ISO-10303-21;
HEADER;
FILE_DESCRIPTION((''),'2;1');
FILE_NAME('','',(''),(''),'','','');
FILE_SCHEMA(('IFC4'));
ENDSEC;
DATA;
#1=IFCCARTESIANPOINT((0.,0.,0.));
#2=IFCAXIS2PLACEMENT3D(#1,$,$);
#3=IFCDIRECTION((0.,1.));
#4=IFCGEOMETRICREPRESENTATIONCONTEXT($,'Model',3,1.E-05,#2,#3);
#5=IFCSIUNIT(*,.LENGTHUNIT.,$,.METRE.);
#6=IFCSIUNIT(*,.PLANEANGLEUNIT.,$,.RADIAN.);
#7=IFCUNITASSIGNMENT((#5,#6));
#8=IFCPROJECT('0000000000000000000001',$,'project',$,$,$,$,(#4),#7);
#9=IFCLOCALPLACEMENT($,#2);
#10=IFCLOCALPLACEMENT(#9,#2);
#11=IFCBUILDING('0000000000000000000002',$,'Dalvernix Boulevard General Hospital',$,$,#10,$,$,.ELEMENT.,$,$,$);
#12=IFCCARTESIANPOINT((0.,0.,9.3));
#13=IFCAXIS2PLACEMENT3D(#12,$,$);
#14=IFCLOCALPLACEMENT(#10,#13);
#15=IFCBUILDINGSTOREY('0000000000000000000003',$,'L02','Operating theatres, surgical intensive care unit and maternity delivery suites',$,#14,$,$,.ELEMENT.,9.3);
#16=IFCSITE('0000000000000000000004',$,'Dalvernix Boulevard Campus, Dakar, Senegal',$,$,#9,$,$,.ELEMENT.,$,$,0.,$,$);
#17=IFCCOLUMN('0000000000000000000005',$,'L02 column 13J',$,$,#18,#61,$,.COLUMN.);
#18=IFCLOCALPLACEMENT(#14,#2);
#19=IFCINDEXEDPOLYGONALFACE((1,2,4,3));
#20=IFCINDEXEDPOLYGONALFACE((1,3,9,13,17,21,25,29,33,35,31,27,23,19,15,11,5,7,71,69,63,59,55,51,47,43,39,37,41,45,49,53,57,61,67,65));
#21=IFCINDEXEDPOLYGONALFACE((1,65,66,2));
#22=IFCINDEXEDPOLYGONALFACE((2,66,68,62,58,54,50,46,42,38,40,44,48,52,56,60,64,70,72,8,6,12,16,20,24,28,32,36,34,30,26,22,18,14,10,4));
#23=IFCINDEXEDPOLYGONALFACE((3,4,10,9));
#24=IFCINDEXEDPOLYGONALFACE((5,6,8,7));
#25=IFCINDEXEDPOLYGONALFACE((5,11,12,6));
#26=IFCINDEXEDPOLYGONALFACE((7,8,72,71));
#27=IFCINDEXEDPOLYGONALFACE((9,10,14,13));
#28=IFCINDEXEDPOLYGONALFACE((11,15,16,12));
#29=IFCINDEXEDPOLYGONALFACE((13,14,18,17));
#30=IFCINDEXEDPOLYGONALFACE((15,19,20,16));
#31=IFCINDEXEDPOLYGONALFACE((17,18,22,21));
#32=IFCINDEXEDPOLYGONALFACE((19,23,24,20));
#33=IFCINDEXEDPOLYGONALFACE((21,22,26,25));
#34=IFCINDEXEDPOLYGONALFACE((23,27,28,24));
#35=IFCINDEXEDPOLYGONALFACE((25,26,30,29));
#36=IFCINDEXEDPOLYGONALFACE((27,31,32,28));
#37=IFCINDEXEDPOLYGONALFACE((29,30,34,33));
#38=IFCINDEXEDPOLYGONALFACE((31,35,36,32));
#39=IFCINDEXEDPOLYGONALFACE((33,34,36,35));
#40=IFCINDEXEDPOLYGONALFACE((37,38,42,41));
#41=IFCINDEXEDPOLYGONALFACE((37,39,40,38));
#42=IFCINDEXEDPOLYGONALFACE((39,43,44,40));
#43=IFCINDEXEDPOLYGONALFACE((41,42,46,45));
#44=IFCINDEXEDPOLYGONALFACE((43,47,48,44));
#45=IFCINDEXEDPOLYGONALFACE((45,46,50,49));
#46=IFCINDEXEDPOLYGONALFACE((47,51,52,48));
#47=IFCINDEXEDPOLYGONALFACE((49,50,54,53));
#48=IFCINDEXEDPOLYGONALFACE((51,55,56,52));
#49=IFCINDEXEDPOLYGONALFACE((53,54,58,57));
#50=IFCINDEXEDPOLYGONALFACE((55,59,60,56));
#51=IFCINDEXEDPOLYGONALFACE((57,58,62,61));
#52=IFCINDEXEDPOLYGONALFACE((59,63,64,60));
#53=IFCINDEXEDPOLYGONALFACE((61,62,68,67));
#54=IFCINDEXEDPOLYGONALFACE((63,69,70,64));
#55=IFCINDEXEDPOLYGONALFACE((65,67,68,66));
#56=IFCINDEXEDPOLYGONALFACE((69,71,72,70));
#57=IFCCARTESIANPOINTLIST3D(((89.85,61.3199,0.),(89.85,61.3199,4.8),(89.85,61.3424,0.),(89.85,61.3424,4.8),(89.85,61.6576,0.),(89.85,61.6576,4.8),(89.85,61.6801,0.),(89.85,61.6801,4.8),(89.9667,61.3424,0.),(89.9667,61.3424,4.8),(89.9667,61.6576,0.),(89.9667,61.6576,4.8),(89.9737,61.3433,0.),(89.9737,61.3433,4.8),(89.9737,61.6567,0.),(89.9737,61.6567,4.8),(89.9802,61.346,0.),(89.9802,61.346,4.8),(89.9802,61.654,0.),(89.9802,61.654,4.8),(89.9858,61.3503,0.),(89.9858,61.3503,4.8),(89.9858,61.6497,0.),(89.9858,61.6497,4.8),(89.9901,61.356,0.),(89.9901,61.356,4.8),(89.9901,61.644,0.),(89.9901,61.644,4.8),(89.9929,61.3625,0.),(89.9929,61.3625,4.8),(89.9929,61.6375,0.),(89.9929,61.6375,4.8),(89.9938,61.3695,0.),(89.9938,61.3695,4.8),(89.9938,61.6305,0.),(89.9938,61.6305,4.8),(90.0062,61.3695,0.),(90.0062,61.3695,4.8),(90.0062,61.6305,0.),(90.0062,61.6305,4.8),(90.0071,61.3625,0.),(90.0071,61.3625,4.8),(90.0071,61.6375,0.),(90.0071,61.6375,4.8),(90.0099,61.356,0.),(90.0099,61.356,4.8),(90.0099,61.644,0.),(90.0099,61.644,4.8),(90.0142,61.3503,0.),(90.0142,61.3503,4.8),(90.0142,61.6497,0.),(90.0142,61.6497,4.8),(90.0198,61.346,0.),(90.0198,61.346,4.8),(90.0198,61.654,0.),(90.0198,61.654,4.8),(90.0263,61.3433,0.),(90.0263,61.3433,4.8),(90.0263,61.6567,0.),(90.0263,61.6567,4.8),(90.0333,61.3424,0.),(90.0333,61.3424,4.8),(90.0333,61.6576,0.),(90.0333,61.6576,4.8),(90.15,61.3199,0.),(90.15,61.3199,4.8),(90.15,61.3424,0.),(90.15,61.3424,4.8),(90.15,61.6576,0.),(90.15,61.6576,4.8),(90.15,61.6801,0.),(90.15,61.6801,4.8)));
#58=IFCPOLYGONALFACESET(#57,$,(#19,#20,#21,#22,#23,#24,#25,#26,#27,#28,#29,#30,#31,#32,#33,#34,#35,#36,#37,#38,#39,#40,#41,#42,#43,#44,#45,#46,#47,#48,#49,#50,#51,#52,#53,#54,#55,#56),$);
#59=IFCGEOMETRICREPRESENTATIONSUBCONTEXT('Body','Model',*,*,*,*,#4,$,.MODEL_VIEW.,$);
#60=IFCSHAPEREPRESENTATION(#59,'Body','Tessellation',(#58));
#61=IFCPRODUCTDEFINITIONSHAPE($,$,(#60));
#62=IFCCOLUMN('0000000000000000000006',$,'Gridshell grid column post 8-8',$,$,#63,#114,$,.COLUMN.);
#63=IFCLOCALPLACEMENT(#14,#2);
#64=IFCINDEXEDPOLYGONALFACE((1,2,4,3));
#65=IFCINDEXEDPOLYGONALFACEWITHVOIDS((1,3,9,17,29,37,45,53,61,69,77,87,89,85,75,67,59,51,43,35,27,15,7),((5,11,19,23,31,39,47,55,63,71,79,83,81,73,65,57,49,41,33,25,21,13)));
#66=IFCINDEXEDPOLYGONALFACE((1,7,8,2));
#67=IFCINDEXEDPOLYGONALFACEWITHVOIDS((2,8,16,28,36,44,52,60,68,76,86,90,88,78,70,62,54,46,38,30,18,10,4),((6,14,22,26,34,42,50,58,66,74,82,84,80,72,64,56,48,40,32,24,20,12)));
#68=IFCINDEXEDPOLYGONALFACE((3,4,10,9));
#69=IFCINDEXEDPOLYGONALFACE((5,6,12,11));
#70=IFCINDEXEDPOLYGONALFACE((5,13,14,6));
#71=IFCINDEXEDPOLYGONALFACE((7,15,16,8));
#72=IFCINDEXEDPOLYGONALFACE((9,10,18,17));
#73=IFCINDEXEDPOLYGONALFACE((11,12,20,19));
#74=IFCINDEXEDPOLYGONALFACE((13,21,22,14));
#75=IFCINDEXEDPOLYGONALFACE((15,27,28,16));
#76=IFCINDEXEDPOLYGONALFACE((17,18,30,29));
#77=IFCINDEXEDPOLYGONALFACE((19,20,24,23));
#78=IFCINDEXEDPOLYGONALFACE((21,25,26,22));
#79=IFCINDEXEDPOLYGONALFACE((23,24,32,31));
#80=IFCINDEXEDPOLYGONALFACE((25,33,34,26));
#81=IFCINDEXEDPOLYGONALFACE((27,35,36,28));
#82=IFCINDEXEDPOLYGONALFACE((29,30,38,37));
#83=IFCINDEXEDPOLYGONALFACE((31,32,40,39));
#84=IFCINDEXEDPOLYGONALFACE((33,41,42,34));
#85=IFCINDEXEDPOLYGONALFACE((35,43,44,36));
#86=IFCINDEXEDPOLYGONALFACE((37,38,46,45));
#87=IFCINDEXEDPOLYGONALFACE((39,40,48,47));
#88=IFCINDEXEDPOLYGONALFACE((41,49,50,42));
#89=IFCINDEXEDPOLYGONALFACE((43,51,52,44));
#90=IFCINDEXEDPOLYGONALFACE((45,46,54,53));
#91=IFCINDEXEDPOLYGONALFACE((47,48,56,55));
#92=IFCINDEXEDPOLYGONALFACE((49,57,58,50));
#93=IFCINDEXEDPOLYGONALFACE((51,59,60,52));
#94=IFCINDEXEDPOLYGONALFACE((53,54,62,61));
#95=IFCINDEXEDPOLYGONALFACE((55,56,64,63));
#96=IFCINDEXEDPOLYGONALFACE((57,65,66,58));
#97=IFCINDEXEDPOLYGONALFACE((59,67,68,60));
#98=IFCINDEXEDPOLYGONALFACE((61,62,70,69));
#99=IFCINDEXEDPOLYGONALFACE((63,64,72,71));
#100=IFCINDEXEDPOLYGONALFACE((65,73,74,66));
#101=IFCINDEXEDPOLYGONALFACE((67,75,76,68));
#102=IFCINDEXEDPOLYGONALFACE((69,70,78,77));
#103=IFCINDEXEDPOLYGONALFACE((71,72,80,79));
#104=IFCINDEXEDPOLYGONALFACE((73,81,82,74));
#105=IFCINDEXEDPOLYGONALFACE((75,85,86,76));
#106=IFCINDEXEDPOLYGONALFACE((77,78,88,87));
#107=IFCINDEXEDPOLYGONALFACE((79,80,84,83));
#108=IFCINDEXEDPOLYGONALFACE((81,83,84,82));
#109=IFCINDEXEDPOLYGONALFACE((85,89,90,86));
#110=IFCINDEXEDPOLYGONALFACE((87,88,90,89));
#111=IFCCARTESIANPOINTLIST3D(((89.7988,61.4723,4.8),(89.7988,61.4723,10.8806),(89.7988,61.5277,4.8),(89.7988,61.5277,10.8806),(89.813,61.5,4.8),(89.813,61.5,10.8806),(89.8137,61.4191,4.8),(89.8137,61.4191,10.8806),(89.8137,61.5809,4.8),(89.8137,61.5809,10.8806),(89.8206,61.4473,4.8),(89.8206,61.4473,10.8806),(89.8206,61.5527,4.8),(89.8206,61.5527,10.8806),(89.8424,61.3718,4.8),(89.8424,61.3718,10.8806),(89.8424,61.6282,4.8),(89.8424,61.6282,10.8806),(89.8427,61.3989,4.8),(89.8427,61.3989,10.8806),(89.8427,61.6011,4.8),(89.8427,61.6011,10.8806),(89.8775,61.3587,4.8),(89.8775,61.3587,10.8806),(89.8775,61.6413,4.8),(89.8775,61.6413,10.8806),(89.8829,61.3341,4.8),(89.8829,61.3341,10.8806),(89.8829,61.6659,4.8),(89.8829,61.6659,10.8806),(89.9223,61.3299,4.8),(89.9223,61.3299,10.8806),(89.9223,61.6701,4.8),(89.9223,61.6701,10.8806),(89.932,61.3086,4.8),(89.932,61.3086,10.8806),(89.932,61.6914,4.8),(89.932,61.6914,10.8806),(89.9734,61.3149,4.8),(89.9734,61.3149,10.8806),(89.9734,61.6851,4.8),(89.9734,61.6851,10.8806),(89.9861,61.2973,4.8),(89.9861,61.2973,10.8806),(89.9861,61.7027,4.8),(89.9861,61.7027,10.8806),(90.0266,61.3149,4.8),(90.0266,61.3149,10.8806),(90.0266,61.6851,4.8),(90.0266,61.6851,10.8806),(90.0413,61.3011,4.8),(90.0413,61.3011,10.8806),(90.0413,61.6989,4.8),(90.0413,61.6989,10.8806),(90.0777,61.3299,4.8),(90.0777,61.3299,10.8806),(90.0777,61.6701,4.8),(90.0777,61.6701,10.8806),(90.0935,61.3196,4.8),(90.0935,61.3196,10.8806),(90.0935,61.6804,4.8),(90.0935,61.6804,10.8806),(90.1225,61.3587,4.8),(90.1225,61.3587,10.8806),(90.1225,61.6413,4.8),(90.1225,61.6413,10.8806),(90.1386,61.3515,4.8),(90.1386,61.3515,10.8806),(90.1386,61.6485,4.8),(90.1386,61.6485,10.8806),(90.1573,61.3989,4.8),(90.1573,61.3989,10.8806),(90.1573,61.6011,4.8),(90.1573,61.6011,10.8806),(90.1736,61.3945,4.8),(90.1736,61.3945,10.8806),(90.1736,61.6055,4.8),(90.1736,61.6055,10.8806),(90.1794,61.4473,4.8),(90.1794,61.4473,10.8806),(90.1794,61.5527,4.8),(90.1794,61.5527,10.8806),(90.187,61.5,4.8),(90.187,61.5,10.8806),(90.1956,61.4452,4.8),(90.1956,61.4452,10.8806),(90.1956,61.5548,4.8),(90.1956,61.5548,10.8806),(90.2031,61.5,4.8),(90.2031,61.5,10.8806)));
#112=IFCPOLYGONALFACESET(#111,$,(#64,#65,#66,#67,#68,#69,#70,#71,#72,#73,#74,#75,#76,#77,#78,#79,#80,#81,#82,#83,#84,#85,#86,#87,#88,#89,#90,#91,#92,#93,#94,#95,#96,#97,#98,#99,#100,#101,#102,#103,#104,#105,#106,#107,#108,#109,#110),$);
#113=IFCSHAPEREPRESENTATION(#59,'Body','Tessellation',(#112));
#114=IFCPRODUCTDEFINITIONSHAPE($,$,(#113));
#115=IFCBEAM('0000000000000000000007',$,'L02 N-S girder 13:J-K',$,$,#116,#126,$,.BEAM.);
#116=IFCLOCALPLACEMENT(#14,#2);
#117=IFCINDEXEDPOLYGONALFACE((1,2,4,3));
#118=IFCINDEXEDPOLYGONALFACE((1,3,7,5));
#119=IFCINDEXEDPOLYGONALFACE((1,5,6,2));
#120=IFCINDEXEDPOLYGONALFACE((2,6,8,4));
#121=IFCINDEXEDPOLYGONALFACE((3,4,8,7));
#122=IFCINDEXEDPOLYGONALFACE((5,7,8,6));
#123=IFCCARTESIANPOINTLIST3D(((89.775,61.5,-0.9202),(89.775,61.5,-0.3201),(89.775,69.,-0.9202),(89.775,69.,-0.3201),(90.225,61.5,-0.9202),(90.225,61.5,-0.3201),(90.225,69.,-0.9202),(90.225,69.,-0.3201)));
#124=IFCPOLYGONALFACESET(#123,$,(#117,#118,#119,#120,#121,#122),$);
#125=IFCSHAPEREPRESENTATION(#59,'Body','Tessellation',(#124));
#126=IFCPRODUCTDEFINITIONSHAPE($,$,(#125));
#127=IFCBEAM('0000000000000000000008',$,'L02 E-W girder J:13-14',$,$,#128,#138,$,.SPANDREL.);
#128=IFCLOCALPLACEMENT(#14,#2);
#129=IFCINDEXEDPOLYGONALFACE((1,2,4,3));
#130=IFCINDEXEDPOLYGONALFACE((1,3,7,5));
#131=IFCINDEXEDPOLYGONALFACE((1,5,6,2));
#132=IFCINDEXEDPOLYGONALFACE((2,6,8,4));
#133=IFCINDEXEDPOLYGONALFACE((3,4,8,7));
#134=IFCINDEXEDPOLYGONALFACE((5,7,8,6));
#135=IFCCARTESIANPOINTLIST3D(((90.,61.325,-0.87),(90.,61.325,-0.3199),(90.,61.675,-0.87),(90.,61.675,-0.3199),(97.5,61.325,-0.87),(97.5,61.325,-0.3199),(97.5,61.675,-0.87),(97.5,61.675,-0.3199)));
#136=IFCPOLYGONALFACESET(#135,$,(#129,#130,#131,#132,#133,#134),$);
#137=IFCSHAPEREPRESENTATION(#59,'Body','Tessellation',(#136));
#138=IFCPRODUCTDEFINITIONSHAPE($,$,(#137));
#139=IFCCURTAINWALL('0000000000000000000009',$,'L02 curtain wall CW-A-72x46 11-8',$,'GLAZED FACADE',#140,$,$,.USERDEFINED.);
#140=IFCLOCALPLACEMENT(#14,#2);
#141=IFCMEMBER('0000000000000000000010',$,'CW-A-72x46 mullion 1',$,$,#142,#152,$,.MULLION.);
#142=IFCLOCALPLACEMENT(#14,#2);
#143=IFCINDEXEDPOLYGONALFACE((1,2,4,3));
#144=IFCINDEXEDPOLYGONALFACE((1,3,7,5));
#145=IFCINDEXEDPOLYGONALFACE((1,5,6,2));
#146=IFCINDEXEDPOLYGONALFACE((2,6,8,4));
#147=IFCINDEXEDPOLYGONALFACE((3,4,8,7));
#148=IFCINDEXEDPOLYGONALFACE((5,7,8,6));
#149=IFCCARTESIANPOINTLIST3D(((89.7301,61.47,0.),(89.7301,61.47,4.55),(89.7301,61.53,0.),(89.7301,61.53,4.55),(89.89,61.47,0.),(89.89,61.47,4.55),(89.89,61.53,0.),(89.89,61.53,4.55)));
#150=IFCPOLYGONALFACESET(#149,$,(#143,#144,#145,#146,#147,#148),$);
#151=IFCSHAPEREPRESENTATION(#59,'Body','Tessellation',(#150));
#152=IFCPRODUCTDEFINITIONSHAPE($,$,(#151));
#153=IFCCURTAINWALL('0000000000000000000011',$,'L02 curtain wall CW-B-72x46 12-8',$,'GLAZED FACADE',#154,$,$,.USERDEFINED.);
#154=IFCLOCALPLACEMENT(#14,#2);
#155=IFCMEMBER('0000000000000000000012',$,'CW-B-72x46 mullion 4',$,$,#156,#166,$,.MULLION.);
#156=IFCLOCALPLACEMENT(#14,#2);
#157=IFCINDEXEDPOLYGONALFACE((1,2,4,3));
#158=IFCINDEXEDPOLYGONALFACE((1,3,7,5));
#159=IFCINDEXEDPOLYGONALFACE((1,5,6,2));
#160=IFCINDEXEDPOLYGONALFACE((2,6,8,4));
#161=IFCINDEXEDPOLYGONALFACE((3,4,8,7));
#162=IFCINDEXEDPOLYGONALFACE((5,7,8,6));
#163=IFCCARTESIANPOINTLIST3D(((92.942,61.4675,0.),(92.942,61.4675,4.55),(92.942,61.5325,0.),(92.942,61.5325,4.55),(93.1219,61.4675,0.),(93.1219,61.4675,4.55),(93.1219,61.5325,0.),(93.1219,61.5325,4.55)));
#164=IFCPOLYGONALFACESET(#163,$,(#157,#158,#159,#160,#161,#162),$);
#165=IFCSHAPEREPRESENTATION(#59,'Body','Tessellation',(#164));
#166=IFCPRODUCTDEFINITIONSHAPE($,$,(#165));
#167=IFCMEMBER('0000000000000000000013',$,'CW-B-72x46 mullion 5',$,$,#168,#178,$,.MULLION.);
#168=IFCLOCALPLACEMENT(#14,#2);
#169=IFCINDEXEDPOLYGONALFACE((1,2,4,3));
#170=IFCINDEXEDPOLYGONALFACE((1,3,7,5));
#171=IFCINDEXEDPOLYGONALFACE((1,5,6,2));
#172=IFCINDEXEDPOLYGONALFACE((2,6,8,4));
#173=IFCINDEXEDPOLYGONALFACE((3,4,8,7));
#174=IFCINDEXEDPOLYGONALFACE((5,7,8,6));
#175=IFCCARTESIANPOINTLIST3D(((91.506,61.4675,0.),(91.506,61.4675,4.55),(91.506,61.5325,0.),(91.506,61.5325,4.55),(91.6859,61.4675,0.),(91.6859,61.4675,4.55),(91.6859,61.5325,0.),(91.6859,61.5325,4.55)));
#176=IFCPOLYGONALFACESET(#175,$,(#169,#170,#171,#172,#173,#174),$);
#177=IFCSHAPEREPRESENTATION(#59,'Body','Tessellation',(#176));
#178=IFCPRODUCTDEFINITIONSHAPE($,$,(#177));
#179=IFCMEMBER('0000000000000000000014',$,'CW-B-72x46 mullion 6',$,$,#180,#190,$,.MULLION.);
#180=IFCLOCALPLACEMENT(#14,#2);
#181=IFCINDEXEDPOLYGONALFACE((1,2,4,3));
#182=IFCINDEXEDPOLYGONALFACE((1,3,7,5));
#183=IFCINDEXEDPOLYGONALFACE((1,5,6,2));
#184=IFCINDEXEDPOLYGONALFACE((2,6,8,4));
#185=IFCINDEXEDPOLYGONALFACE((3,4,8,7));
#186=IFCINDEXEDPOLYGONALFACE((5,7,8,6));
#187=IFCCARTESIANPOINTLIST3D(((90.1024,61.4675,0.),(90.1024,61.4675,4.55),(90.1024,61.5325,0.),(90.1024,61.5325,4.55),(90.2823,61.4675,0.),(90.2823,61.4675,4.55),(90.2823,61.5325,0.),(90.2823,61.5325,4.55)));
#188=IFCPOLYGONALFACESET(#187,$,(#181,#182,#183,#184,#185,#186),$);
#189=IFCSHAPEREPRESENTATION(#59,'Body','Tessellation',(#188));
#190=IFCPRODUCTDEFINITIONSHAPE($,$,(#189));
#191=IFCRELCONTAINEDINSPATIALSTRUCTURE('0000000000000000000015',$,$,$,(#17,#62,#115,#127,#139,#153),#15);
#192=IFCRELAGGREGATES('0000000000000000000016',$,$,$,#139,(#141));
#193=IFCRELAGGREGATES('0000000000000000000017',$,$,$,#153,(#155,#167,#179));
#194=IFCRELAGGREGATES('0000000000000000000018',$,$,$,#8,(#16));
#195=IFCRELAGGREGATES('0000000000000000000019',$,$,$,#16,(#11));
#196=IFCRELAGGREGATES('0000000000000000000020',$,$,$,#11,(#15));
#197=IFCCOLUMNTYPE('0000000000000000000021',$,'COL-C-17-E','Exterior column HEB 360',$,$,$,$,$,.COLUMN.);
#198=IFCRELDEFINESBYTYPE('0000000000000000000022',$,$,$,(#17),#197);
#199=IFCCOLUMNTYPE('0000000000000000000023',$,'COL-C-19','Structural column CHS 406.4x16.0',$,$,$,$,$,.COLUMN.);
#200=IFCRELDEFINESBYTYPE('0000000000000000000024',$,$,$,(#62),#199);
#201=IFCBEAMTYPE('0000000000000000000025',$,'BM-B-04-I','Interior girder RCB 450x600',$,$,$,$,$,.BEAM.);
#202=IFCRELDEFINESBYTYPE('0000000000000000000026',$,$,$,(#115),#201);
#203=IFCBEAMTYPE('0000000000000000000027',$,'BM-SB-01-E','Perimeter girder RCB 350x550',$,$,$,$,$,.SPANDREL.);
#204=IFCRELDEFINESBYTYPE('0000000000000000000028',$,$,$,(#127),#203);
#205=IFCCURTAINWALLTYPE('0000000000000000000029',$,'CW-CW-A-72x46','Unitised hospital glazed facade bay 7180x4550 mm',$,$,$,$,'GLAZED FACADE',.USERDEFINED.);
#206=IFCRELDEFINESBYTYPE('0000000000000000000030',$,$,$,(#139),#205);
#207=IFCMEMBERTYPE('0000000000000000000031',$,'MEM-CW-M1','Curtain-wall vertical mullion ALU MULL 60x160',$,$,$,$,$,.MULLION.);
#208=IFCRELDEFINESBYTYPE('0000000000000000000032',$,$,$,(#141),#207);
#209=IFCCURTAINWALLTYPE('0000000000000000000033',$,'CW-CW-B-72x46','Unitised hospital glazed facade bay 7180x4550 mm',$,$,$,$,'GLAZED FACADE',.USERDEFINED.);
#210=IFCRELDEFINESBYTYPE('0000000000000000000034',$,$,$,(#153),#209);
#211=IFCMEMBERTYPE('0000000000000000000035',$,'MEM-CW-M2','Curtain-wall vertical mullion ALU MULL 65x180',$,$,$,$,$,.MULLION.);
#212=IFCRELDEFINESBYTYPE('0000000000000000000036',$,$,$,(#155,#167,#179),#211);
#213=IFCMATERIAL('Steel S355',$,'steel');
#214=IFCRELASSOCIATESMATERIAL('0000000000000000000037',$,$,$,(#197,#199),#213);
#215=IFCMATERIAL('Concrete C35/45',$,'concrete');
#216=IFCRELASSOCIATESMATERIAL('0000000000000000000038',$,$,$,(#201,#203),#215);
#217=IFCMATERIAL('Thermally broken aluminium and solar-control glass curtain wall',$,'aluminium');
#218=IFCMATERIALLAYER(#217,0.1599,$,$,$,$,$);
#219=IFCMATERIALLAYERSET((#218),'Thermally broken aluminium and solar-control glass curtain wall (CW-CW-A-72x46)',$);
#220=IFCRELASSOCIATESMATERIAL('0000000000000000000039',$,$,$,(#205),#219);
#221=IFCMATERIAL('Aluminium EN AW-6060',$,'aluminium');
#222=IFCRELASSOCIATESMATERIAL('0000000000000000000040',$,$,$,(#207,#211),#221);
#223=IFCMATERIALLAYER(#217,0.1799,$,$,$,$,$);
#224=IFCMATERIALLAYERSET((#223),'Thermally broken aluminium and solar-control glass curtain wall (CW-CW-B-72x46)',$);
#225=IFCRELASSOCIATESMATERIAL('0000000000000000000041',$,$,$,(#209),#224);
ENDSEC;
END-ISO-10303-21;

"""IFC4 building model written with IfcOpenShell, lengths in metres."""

from ifc_helpers import new_model, si_unit, direction, frame, origin, origin_2d, place, context, subcontext, project, spatial, rectangle, hollow_circle, i_section, extrude, material, layer, layer_set, material_profile, profile_set, type_object, element, aggregate, save


model = new_model("IFC4")

# Units and contexts
model_context = context("Model", 3, precision=1e-05, world=origin(), true_north=direction((0.0, 1.0)))
body_context = subcontext(model_context, "Body", "Model", "MODEL_VIEW")
ifc_project = project(units=[si_unit("LENGTHUNIT", "METRE"), si_unit("PLANEANGLEUNIT", "RADIAN")], contexts=[model_context])

# Site, building, storey
site_placement = place(None, origin())
site = spatial("IfcSite", under=ifc_project, at=site_placement, Name="Dalvernix Boulevard Campus, Dakar, Senegal", CompositionType="ELEMENT", RefElevation=0.0)
building_placement = place(site_placement, origin())
building = spatial("IfcBuilding", under=site, at=building_placement, Name="Dalvernix Boulevard General Hospital", CompositionType="ELEMENT")
storey_placement = place(building_placement, frame((0.0, 0.0, 9.3)))
storey = spatial("IfcBuildingStorey", under=building, at=storey_placement, Name="L02", Description="Operating theatres, surgical intensive care unit and maternity delivery suites", CompositionType="ELEMENT", Elevation=9.3)

# Columns
ifc_material_1 = material(Name="Steel S355", Category="steel")
ifc_material_profile_1 = material_profile(ifc_material_1, i_section(OverallWidth=0.3, OverallDepth=0.3601, WebThickness=0.0125, FlangeThickness=0.0225, FilletRadius=0.0271, at=origin_2d()), Name="HEB 360")
ifc_profile_set_1 = profile_set([ifc_material_profile_1], Name="Steel S355")
column_type_1 = type_object("IfcColumnType", Name="COL-C-17-E", Description="Exterior column HEB 360", PredefinedType="COLUMN", material=ifc_profile_set_1)
column_1_placement = place(storey_placement, frame((90.0, 61.5, 0.0), z_axis=(0.0, 0.0, 1.0), x_axis=(1.0, 0.0, 0.0)))
element("IfcColumn", 1, at=column_1_placement, inside=storey, type_object=column_type_1, Name="L02 column 13J", PredefinedType="COLUMN", context=body_context, shape_type="SweptSolid", body=[
    extrude(i_section(OverallWidth=0.3, OverallDepth=0.3601, WebThickness=0.0125, FlangeThickness=0.0225, FilletRadius=0.0271, at=origin_2d()), origin(), (0.0, 0.0, 1.0), 4.8),
])
ifc_material_profile_2 = material_profile(ifc_material_1, hollow_circle(Radius=0.2031, WallThickness=0.0161, at=origin_2d()), Name="CHS 406.4x16.0")
ifc_profile_set_2 = profile_set([ifc_material_profile_2], Name="Steel S355")
column_type_2 = type_object("IfcColumnType", Name="COL-C-19", Description="Structural column CHS 406.4x16.0", PredefinedType="COLUMN", material=ifc_profile_set_2)
column_2_placement = place(storey_placement, frame((90.0, 61.5, 4.8), z_axis=(0.0, 0.0, 1.0), x_axis=(1.0, 0.0, 0.0)))
element("IfcColumn", 2, at=column_2_placement, inside=storey, type_object=column_type_2, Name="Gridshell grid column post 8-8", PredefinedType="COLUMN", context=body_context, shape_type="SweptSolid", body=[
    extrude(hollow_circle(Radius=0.2031, WallThickness=0.0161, at=origin_2d()), origin(), (0.0, 0.0, 1.0), 6.0806),
])

# Beams
ifc_material_2 = material(Name="Concrete C35/45", Category="concrete")
ifc_material_profile_3 = material_profile(ifc_material_2, rectangle(XDim=0.45, YDim=0.6001, at=origin_2d()), Name="RCB 450x600")
ifc_profile_set_3 = profile_set([ifc_material_profile_3], Name="Concrete C35/45")
beam_type_1 = type_object("IfcBeamType", Name="BM-B-04-I", Description="Interior girder RCB 450x600", PredefinedType="BEAM", material=ifc_profile_set_3)
beam_1_placement = place(storey_placement, frame((90.0, 61.5, -0.6201), z_axis=(0.0, 1.0, 0.0), x_axis=(-1.0, 0.0, 0.0)))
element("IfcBeam", 3, at=beam_1_placement, inside=storey, type_object=beam_type_1, Name="L02 N-S girder 13:J-K", PredefinedType="BEAM", context=body_context, shape_type="SweptSolid", body=[
    extrude(rectangle(XDim=0.45, YDim=0.6001, at=origin_2d()), origin(), (0.0, 0.0, 1.0), 7.5),
])
ifc_material_profile_4 = material_profile(ifc_material_2, rectangle(XDim=0.3501, YDim=0.55, at=origin_2d()), Name="RCB 350x550")
ifc_profile_set_4 = profile_set([ifc_material_profile_4], Name="Concrete C35/45")
beam_type_2 = type_object("IfcBeamType", Name="BM-SB-01-E", Description="Perimeter girder RCB 350x550", PredefinedType="SPANDREL", material=ifc_profile_set_4)
beam_2_placement = place(storey_placement, frame((90.0, 61.5, -0.595), z_axis=(1.0, 0.0, 0.0), x_axis=(0.0, 1.0, 0.0)))
element("IfcBeam", 4, at=beam_2_placement, inside=storey, type_object=beam_type_2, Name="L02 E-W girder J:13-14", PredefinedType="SPANDREL", context=body_context, shape_type="SweptSolid", body=[
    extrude(rectangle(XDim=0.3501, YDim=0.55, at=origin_2d()), origin(), (0.0, 0.0, 1.0), 7.5),
])

# Curtain wall, member
ifc_material_3 = material(Name="Thermally broken aluminium and solar-control glass curtain wall", Category="aluminium")
ifc_layer_1 = layer(ifc_material_3, 0.1599)
ifc_layer_set_1 = layer_set([ifc_layer_1], Name="Thermally broken aluminium and solar-control glass curtain wall (CW-CW-A-72x46)")
curtain_wall_type_1 = type_object("IfcCurtainWallType", Name="CW-CW-A-72x46", Description="Unitised hospital glazed facade bay 7180x4550 mm", ElementType="GLAZED FACADE", PredefinedType="USERDEFINED", material=ifc_layer_set_1)
curtain_wall_1_placement = place(storey_placement, origin())
curtain_wall_1 = element("IfcCurtainWall", 5, at=curtain_wall_1_placement, inside=storey, type_object=curtain_wall_type_1, Name="L02 curtain wall CW-A-72x46 11-8", ObjectType="GLAZED FACADE", PredefinedType="USERDEFINED")
ifc_material_4 = material(Name="Aluminium EN AW-6060", Category="aluminium")
ifc_material_profile_5 = material_profile(ifc_material_4, rectangle(XDim=0.0601, YDim=0.1599, at=origin_2d()), Name="ALU MULL 60x160")
ifc_profile_set_5 = profile_set([ifc_material_profile_5], Name="Aluminium EN AW-6060")
member_type_1 = type_object("IfcMemberType", Name="MEM-CW-M1", Description="Curtain-wall vertical mullion ALU MULL 60x160", PredefinedType="MULLION", material=ifc_profile_set_5)
member_1_placement = place(storey_placement, frame((89.8101, 61.5, 0.0), z_axis=(0.0, 0.0, 1.0), x_axis=(0.0, -1.0, 0.0)))
member_1 = element("IfcMember", 6, at=member_1_placement, type_object=member_type_1, Name="CW-A-72x46 mullion 1", PredefinedType="MULLION", context=body_context, shape_type="SweptSolid", body=[
    extrude(rectangle(XDim=0.0601, YDim=0.1599, at=origin_2d()), origin(), (0.0, 0.0, 1.0), 4.55),
])

# Curtain wall, members
ifc_layer_2 = layer(ifc_material_3, 0.1799)
ifc_layer_set_2 = layer_set([ifc_layer_2], Name="Thermally broken aluminium and solar-control glass curtain wall (CW-CW-B-72x46)")
curtain_wall_type_2 = type_object("IfcCurtainWallType", Name="CW-CW-B-72x46", Description="Unitised hospital glazed facade bay 7180x4550 mm", ElementType="GLAZED FACADE", PredefinedType="USERDEFINED", material=ifc_layer_set_2)
curtain_wall_2_placement = place(storey_placement, origin())
curtain_wall_2 = element("IfcCurtainWall", 7, at=curtain_wall_2_placement, inside=storey, type_object=curtain_wall_type_2, Name="L02 curtain wall CW-B-72x46 12-8", ObjectType="GLAZED FACADE", PredefinedType="USERDEFINED")
ifc_material_profile_6 = material_profile(ifc_material_4, rectangle(XDim=0.0649, YDim=0.1799, at=origin_2d()), Name="ALU MULL 65x180")
ifc_profile_set_6 = profile_set([ifc_material_profile_6], Name="Aluminium EN AW-6060")
member_type_2 = type_object("IfcMemberType", Name="MEM-CW-M2", Description="Curtain-wall vertical mullion ALU MULL 65x180", PredefinedType="MULLION", material=ifc_profile_set_6)
member_2_placement = place(storey_placement, frame((93.032, 61.5, 0.0), z_axis=(0.0, 0.0, 1.0), x_axis=(0.0, -1.0, 0.0)))
member_2 = element("IfcMember", 8, at=member_2_placement, type_object=member_type_2, Name="CW-B-72x46 mullion 4", PredefinedType="MULLION", context=body_context, shape_type="SweptSolid", body=[
    extrude(rectangle(XDim=0.0649, YDim=0.1799, at=origin_2d()), origin(), (0.0, 0.0, 1.0), 4.55),
])
member_3_placement = place(storey_placement, frame((91.5959, 61.5, 0.0), z_axis=(0.0, 0.0, 1.0), x_axis=(0.0, -1.0, 0.0)))
member_3 = element("IfcMember", 9, at=member_3_placement, type_object=member_type_2, Name="CW-B-72x46 mullion 5", PredefinedType="MULLION", context=body_context, shape_type="SweptSolid", body=[
    extrude(rectangle(XDim=0.0649, YDim=0.1799, at=origin_2d()), origin(), (0.0, 0.0, 1.0), 4.55),
])
member_4_placement = place(storey_placement, frame((90.1924, 61.5, 0.0), z_axis=(0.0, 0.0, 1.0), x_axis=(0.0, -1.0, 0.0)))
member_4 = element("IfcMember", 10, at=member_4_placement, type_object=member_type_2, Name="CW-B-72x46 mullion 6", PredefinedType="MULLION", context=body_context, shape_type="SweptSolid", body=[
    extrude(rectangle(XDim=0.0649, YDim=0.1799, at=origin_2d()), origin(), (0.0, 0.0, 1.0), 4.55),
])

aggregate(curtain_wall_1, [member_1])

aggregate(curtain_wall_2, [member_2, member_3, member_4])

save(model, "model.ifc")
